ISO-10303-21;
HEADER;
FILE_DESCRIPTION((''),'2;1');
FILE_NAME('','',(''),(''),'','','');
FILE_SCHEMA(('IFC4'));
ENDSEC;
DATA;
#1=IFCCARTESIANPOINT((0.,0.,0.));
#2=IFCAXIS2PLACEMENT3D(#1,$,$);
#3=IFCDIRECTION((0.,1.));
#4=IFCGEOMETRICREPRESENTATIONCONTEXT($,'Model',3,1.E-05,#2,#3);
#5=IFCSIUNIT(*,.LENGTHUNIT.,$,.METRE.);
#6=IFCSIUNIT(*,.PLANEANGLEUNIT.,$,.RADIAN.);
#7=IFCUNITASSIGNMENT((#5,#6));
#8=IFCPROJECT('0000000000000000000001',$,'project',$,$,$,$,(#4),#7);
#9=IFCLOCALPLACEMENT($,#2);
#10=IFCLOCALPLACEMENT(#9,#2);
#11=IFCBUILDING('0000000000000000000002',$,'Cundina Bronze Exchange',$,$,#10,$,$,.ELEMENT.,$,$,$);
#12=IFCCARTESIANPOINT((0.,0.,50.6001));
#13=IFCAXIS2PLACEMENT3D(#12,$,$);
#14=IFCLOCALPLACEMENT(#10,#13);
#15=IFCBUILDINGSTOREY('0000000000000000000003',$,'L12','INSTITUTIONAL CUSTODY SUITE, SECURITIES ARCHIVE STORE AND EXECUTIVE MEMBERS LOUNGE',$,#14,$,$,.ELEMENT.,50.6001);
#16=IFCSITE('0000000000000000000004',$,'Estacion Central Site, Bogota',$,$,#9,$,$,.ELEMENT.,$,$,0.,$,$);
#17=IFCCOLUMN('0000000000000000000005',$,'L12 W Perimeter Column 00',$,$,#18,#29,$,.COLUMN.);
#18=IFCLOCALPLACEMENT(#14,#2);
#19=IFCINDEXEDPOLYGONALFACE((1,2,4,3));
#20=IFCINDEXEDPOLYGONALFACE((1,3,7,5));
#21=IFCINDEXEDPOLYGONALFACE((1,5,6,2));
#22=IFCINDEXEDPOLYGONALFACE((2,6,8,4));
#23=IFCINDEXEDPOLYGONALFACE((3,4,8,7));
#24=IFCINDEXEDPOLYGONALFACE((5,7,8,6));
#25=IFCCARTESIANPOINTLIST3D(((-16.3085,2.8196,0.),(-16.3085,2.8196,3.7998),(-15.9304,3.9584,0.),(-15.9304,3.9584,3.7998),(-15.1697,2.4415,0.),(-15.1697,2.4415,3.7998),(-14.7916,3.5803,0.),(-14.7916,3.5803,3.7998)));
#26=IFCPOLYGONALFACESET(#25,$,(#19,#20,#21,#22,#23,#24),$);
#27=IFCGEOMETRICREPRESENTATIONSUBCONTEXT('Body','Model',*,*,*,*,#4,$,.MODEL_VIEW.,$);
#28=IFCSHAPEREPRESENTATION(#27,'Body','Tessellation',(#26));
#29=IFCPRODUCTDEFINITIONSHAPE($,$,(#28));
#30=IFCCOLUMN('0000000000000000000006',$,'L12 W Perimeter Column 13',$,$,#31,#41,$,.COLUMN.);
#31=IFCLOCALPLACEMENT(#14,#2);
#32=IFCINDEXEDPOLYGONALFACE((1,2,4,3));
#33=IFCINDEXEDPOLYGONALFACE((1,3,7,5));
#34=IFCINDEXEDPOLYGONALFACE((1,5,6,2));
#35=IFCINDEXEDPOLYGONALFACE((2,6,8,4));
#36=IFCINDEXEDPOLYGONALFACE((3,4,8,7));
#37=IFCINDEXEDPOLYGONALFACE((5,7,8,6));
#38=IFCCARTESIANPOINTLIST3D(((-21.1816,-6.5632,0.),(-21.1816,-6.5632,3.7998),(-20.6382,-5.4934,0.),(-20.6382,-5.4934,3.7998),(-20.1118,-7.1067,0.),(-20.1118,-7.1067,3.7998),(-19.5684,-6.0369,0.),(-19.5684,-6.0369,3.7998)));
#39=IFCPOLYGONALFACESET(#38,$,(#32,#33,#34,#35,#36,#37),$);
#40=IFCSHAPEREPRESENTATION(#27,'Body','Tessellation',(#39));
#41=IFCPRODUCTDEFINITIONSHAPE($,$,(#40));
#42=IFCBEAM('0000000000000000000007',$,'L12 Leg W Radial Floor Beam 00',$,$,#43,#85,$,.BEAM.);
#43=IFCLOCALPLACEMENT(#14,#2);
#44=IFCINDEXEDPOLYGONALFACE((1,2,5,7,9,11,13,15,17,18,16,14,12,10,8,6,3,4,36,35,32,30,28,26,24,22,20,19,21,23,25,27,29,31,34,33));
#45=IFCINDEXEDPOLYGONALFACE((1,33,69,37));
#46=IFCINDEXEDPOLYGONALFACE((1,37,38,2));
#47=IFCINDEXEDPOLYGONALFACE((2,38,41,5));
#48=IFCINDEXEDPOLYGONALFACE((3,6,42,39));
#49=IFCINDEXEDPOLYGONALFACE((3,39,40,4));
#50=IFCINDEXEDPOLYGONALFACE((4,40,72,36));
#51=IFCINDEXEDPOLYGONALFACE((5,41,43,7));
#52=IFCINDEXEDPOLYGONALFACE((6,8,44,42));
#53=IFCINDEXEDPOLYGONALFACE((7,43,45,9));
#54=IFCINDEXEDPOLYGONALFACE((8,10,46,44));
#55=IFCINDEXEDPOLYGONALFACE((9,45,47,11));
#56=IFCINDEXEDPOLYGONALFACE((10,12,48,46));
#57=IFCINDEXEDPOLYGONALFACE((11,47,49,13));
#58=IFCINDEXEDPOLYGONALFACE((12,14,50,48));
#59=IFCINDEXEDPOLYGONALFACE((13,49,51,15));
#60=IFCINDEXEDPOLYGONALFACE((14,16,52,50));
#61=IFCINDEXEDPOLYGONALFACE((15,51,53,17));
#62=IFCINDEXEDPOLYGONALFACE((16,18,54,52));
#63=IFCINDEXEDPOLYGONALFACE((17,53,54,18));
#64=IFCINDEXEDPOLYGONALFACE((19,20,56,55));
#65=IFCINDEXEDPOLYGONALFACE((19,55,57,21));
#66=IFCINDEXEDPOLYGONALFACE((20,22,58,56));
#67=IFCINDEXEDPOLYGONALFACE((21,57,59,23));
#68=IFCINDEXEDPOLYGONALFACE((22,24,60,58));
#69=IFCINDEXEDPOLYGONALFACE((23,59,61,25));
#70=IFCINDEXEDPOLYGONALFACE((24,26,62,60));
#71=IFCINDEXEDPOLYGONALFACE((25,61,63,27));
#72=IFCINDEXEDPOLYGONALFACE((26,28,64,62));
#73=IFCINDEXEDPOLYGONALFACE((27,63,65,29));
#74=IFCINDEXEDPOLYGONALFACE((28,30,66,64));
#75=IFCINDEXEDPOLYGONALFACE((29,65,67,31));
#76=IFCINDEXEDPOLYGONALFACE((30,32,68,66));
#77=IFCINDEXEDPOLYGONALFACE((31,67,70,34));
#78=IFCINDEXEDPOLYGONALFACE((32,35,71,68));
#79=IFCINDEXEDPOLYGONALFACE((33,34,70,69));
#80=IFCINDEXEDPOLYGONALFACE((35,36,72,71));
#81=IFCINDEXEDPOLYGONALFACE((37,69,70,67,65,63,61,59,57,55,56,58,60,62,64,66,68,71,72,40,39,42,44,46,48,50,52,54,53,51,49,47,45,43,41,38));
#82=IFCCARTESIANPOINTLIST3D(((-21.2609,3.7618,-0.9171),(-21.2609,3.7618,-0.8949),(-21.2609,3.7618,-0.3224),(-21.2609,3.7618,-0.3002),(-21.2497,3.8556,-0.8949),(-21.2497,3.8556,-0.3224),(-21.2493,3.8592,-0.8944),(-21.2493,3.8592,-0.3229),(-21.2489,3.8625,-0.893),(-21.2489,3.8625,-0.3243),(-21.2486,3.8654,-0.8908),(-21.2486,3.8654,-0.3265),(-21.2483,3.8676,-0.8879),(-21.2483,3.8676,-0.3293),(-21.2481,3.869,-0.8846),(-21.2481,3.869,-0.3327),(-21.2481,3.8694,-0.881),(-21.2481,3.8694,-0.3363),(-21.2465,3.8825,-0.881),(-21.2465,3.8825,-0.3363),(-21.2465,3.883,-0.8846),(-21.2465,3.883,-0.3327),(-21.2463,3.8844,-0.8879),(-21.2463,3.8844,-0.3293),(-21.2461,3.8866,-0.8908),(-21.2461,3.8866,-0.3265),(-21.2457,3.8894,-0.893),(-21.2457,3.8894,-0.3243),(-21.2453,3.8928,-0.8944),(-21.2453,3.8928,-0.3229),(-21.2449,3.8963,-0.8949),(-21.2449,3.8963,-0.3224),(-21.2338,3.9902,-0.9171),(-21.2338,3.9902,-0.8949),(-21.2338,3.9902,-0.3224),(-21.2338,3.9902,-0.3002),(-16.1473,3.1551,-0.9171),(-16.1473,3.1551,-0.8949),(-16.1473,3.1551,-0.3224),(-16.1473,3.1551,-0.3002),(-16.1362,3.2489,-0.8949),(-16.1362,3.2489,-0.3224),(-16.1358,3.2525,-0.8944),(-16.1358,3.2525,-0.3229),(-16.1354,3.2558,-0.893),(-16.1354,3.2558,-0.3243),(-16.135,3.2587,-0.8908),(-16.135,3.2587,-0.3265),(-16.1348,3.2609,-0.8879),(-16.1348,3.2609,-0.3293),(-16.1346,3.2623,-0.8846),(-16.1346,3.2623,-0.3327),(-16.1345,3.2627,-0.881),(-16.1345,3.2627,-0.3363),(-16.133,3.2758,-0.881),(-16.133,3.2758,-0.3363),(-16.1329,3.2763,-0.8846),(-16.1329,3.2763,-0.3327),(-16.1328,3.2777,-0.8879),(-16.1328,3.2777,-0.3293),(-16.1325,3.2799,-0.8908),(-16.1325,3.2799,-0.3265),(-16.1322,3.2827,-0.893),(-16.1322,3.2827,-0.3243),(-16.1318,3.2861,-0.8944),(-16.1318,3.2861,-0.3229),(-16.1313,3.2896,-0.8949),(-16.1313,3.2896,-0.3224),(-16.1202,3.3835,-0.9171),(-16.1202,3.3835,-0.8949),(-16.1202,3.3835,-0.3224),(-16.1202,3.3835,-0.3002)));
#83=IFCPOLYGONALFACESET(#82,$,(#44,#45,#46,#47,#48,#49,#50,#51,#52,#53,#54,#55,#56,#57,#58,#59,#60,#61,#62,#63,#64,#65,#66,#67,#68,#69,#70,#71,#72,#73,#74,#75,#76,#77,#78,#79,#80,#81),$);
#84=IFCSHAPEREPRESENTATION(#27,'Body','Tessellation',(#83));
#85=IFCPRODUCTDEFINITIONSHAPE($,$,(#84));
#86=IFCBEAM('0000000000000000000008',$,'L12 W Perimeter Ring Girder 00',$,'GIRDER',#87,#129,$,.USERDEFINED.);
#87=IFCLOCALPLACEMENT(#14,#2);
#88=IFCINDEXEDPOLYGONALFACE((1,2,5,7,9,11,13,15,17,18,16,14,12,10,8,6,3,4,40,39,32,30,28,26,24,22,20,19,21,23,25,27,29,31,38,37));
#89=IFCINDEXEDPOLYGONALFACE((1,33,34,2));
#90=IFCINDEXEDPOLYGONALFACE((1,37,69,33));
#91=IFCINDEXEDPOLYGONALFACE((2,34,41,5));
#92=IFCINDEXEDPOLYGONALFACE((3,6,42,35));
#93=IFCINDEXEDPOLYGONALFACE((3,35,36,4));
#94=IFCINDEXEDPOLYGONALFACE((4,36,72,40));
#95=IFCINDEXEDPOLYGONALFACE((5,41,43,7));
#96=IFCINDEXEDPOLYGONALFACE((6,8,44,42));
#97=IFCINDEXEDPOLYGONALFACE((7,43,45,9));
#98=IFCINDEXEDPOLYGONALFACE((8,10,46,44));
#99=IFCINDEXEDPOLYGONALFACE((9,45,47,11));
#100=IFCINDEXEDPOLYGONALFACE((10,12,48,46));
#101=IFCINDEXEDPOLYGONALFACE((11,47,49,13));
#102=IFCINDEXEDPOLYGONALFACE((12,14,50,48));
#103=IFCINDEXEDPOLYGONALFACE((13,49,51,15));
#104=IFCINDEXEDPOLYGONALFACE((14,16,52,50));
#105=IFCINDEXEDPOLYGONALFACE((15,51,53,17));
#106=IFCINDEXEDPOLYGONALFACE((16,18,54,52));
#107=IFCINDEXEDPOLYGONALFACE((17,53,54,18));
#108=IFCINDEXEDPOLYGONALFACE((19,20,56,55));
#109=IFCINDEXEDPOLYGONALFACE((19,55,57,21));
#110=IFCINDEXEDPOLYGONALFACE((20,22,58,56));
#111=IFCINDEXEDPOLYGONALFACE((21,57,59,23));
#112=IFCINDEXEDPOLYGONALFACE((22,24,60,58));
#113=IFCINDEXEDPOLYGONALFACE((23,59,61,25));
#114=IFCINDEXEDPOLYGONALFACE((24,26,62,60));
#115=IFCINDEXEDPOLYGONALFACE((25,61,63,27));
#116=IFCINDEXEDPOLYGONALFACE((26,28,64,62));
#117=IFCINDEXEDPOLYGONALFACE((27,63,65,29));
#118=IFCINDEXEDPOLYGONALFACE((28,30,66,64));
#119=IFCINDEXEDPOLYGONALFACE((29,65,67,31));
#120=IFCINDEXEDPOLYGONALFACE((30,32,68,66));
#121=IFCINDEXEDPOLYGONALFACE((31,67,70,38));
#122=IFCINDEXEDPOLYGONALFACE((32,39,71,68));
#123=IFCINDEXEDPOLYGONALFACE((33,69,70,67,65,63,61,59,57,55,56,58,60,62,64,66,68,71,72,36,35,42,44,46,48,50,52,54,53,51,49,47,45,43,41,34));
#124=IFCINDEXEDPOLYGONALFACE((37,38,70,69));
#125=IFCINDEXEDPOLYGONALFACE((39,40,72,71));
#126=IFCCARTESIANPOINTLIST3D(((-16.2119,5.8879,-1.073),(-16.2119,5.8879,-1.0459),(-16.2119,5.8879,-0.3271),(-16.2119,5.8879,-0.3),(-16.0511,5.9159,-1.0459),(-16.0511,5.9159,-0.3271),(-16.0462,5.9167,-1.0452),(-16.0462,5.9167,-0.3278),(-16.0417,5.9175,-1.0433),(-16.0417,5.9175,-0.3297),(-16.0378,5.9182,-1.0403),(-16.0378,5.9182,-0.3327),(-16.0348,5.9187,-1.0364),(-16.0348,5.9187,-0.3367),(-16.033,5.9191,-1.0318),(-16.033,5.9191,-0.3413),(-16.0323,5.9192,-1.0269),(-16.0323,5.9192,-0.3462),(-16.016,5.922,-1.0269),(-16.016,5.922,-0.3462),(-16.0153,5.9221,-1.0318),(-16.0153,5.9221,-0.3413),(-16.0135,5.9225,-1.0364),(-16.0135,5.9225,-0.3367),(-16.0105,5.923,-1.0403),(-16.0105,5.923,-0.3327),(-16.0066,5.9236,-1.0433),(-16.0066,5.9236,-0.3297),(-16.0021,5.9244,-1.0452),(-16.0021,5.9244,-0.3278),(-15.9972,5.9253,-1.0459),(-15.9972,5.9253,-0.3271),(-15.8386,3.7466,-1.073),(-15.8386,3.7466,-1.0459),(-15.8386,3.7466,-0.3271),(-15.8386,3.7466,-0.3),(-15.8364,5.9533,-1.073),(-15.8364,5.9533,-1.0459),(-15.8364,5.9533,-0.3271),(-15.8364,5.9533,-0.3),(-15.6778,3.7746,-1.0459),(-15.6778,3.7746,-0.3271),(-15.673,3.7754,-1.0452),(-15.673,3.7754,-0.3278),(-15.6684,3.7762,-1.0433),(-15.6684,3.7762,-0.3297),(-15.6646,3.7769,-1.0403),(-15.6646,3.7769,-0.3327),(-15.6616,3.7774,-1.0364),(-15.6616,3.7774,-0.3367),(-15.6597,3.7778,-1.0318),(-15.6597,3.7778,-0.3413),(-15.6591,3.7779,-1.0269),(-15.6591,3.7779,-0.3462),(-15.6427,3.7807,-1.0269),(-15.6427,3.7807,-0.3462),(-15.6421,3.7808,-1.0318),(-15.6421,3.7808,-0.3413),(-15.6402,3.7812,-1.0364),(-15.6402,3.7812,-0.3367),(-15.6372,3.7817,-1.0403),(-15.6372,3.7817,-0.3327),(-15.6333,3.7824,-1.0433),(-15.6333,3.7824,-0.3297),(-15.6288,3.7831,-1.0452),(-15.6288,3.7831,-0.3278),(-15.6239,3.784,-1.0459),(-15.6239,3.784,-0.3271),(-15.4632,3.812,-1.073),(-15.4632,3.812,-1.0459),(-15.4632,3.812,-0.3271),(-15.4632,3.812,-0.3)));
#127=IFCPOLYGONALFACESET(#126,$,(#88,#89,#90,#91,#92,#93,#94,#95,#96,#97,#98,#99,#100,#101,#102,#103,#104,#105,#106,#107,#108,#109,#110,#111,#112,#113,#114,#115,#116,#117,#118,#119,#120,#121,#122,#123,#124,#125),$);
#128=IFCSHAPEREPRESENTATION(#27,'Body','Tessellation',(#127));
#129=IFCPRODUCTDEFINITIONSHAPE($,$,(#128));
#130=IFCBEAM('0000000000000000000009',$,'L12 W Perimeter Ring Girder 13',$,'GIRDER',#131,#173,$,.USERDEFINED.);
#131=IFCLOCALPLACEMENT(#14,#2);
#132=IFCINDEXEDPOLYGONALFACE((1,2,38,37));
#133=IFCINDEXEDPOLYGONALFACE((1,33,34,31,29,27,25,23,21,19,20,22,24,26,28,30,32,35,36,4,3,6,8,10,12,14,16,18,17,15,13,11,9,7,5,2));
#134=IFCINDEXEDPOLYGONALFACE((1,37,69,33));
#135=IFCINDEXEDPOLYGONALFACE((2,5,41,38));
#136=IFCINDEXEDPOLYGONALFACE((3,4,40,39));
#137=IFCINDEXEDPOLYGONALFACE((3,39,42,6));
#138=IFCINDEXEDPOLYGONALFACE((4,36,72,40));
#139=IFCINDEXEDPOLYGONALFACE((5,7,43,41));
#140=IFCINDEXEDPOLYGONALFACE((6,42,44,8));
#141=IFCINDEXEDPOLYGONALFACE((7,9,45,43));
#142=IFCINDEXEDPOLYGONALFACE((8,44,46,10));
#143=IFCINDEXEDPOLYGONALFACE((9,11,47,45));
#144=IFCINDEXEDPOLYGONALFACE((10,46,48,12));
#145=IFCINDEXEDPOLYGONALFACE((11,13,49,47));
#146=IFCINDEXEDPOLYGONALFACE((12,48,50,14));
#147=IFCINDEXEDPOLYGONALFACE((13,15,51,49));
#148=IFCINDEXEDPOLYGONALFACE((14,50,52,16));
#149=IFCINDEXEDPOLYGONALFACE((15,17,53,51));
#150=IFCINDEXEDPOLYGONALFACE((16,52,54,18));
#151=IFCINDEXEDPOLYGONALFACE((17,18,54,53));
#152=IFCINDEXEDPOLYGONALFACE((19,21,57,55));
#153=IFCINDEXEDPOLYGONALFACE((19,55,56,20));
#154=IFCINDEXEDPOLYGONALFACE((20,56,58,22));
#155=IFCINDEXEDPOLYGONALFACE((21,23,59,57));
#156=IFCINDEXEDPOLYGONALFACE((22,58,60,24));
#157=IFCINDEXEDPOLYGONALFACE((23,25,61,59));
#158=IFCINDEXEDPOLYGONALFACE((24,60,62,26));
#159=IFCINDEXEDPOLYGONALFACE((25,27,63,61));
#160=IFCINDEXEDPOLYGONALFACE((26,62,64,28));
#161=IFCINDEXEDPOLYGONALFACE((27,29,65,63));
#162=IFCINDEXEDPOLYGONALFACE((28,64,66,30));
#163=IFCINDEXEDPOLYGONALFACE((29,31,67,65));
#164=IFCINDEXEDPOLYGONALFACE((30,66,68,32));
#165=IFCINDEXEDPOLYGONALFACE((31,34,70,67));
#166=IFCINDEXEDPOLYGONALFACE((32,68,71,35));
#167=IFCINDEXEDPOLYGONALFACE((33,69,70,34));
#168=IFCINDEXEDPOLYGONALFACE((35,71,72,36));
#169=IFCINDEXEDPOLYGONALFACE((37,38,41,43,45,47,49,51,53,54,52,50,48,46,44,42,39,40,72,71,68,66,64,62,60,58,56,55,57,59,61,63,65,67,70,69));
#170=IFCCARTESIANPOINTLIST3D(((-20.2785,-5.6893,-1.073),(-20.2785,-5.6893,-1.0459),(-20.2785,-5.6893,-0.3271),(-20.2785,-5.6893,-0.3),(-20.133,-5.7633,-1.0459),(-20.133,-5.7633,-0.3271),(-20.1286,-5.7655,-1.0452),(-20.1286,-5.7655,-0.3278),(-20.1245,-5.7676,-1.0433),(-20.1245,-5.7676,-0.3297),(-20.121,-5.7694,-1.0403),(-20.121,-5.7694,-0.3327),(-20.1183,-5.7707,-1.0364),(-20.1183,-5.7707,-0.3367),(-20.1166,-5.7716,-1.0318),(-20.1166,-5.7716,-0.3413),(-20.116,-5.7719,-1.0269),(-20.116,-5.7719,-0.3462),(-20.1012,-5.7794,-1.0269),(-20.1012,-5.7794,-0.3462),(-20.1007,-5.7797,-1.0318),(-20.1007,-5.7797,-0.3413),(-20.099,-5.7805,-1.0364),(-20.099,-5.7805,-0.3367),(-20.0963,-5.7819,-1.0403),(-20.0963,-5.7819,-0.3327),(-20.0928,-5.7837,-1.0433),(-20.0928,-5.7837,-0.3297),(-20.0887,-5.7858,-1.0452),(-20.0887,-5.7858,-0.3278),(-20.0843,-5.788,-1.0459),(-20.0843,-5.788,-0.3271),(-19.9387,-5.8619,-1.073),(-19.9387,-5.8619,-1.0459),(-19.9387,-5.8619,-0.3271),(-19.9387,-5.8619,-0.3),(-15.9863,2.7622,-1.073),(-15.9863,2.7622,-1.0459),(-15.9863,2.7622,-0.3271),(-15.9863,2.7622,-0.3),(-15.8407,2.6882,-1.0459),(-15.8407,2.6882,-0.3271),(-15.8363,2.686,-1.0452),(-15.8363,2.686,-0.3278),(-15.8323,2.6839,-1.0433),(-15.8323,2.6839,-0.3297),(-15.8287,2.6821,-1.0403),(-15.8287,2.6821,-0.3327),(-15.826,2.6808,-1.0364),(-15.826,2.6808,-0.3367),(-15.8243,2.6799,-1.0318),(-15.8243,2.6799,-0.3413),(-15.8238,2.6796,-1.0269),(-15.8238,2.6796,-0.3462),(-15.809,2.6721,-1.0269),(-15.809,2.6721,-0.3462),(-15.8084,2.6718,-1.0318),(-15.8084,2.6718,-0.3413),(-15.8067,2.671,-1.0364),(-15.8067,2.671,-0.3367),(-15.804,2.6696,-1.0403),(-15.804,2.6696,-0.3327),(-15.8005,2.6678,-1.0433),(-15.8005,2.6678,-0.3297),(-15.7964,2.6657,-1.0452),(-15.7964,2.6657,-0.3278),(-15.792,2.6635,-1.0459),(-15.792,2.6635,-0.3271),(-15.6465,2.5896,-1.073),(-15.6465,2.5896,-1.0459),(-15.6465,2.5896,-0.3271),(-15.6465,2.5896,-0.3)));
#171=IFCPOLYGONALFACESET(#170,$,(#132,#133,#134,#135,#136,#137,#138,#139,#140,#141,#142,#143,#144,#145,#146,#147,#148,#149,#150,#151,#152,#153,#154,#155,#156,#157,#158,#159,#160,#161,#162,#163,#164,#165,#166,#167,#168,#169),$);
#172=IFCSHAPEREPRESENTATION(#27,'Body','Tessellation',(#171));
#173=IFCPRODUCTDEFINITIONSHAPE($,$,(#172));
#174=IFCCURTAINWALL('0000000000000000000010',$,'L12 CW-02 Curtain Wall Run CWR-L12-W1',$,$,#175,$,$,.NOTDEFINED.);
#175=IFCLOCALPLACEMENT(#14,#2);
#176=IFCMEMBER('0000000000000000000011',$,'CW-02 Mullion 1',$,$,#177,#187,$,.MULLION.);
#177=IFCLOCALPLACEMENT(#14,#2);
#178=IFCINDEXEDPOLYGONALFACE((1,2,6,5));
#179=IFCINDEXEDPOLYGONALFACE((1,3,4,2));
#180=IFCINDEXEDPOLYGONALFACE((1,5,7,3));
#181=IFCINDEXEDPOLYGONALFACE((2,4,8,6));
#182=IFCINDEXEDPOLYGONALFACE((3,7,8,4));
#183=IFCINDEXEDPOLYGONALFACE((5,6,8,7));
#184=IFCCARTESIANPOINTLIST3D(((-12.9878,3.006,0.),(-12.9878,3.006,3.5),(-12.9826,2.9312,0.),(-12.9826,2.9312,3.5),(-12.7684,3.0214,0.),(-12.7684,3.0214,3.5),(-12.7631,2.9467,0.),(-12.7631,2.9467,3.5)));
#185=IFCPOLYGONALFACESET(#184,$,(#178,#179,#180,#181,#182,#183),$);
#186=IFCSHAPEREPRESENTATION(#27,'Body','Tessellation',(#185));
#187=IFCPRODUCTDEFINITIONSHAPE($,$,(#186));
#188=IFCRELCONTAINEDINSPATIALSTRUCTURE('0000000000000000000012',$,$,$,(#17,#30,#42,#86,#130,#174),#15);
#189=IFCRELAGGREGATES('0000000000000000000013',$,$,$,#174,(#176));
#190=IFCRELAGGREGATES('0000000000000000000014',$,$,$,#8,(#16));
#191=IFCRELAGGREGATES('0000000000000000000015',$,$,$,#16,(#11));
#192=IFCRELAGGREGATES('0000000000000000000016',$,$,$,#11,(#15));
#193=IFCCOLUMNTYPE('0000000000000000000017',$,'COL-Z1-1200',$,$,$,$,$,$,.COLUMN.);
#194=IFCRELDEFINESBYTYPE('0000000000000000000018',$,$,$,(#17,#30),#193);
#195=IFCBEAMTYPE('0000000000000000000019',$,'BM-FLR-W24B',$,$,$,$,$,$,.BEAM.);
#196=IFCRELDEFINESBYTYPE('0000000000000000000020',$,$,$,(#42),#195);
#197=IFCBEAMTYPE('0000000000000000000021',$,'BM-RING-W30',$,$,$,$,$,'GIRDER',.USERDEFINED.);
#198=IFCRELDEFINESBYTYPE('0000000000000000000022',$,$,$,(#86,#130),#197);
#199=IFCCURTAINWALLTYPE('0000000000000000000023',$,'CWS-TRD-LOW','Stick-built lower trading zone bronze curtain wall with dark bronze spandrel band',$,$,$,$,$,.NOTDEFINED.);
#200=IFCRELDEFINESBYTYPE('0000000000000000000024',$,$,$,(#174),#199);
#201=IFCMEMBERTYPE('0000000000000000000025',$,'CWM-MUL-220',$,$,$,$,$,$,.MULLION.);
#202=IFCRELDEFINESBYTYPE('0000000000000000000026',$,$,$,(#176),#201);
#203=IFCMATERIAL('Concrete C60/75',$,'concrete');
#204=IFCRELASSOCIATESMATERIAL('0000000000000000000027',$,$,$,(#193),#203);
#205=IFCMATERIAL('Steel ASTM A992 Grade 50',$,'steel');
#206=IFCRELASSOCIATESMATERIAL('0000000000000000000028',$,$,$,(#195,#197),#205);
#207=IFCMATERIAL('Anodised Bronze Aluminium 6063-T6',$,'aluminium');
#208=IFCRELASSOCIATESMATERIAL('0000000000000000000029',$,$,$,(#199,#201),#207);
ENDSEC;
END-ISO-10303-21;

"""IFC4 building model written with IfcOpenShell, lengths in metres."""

from ifc_helpers import new_model, si_unit, direction, frame, origin, origin_2d, place, context, subcontext, project, spatial, rectangle, i_section, extrude, material, material_profile, profile_set, type_object, element, aggregate, save


model = new_model("IFC4")

# Units and contexts
model_context = context("Model", 3, precision=1e-05, world=origin(), true_north=direction((0.0, 1.0)))
body_context = subcontext(model_context, "Body", "Model", "MODEL_VIEW")
ifc_project = project(units=[si_unit("LENGTHUNIT", "METRE"), si_unit("PLANEANGLEUNIT", "RADIAN")], contexts=[model_context])

# Site, building, storey
site_placement = place(None, origin())
site = spatial("IfcSite", under=ifc_project, at=site_placement, Name="Estacion Central Site, Bogota", CompositionType="ELEMENT", RefElevation=0.0)
building_placement = place(site_placement, origin())
building = spatial("IfcBuilding", under=site, at=building_placement, Name="Cundina Bronze Exchange", CompositionType="ELEMENT")
storey_placement = place(building_placement, frame((0.0, 0.0, 50.6001)))
storey = spatial("IfcBuildingStorey", under=building, at=storey_placement, Name="L12", Description="INSTITUTIONAL CUSTODY SUITE, SECURITIES ARCHIVE STORE AND EXECUTIVE MEMBERS LOUNGE", CompositionType="ELEMENT", Elevation=50.6001)

# Columns
ifc_material_1 = material(Name="Concrete C60/75", Category="concrete")
ifc_material_profile_1 = material_profile(ifc_material_1, rectangle(XDim=1.2, YDim=1.2, at=origin_2d()), Name="RC1200X1200", Category="concrete")
ifc_profile_set_1 = profile_set([ifc_material_profile_1], Name="Concrete C60/75")
column_type = type_object("IfcColumnType", Name="COL-Z1-1200", PredefinedType="COLUMN", material=ifc_profile_set_1)
for number, where, z_axis, x_axis, name in (
    (1, (-15.55, 3.2, 0.0), (0.0, 0.0, 1.0), (0.315152, 0.949041, 0.0), "L12 W Perimeter Column 00"),
    (2, (-20.375, -6.3, 0.0), (0.0, 0.0, 1.0), (0.452902, 0.891561, 0.0), "L12 W Perimeter Column 13"),
):
    element("IfcColumn", number, at=place(storey_placement, frame(where, z_axis=z_axis, x_axis=x_axis)), inside=storey, type_object=column_type, Name=name, PredefinedType="COLUMN", context=body_context, shape_type="SweptSolid", body=[
        extrude(rectangle(XDim=1.2, YDim=1.2, at=origin_2d()), origin(), (0.0, 0.0, 1.0), 3.7998),
    ])

# Beams
ifc_material_2 = material(Name="Steel ASTM A992 Grade 50", Category="steel")
ifc_material_profile_2 = material_profile(ifc_material_2, i_section(OverallWidth=0.23, OverallDepth=0.6169, WebThickness=0.0132, FlangeThickness=0.0222, FilletRadius=0.0139, at=origin_2d()), Name="W24X94", Category="steel")
ifc_profile_set_2 = profile_set([ifc_material_profile_2], Name="Steel ASTM A992 Grade 50")
beam_type_1 = type_object("IfcBeamType", Name="BM-FLR-W24B", PredefinedType="BEAM", material=ifc_profile_set_2)
beam_1_placement = place(storey_placement, frame((-21.2473, 3.876, -0.6086), z_axis=(0.993035, -0.117818, 0.0), x_axis=(0.117818, 0.993035, 0.0)))
element("IfcBeam", 3, at=beam_1_placement, inside=storey, type_object=beam_type_1, Name="L12 Leg W Radial Floor Beam 00", PredefinedType="BEAM", context=body_context, shape_type="SweptSolid", body=[
    extrude(i_section(OverallWidth=0.23, OverallDepth=0.6169, WebThickness=0.0132, FlangeThickness=0.0222, FilletRadius=0.0139, at=origin_2d()), origin(), (0.0, 0.0, 1.0), 5.1494),
])
ifc_material_profile_3 = material_profile(ifc_material_2, i_section(OverallWidth=0.3811, OverallDepth=0.7729, WebThickness=0.0166, FlangeThickness=0.0271, FilletRadius=0.019, at=origin_2d()), Name="W30X173", Category="steel")
ifc_profile_set_3 = profile_set([ifc_material_profile_3], Name="Steel ASTM A992 Grade 50")
beam_type_2 = type_object("IfcBeamType", Name="BM-RING-W30", ElementType="GIRDER", PredefinedType="USERDEFINED", material=ifc_profile_set_3)
beam_2_placement = place(storey_placement, frame((-15.6509, 3.7793, -0.6865), z_axis=(-0.171735, 0.985143, 0.0), x_axis=(-0.985143, -0.171735, 0.0)))
element("IfcBeam", 4, at=beam_2_placement, inside=storey, type_object=beam_type_2, Name="L12 W Perimeter Ring Girder 00", ObjectType="GIRDER", PredefinedType="USERDEFINED", context=body_context, shape_type="SweptSolid", body=[
    extrude(i_section(OverallWidth=0.3811, OverallDepth=0.7729, WebThickness=0.0166, FlangeThickness=0.0271, FilletRadius=0.019, at=origin_2d()), origin(), (0.0, 0.0, 1.0), 2.1736),
])
beam_3_placement = place(storey_placement, frame((-20.1086, -5.7756, -0.6865), z_axis=(0.45282, 0.891602, 0.0), x_axis=(-0.891602, 0.45282, 0.0)))
element("IfcBeam", 5, at=beam_3_placement, inside=storey, type_object=beam_type_2, Name="L12 W Perimeter Ring Girder 13", ObjectType="GIRDER", PredefinedType="USERDEFINED", context=body_context, shape_type="SweptSolid", body=[
    extrude(i_section(OverallWidth=0.3811, OverallDepth=0.7729, WebThickness=0.0166, FlangeThickness=0.0271, FilletRadius=0.019, at=origin_2d()), origin(), (0.0, 0.0, 1.0), 9.479),
])

# Curtain wall, member
ifc_material_3 = material(Name="Anodised Bronze Aluminium 6063-T6", Category="aluminium")
curtain_wall_type = type_object("IfcCurtainWallType", Name="CWS-TRD-LOW", Description="Stick-built lower trading zone bronze curtain wall with dark bronze spandrel band", PredefinedType="NOTDEFINED", material=ifc_material_3)
curtain_wall_1_placement = place(storey_placement, origin())
curtain_wall_1 = element("IfcCurtainWall", 6, at=curtain_wall_1_placement, inside=storey, type_object=curtain_wall_type, Name="L12 CW-02 Curtain Wall Run CWR-L12-W1", PredefinedType="NOTDEFINED")
ifc_material_profile_4 = material_profile(ifc_material_3, rectangle(XDim=0.075, YDim=0.22, at=origin_2d()), Name="AL75X220", Category="aluminium")
ifc_profile_set_4 = profile_set([ifc_material_profile_4], Name="Anodised Bronze Aluminium 6063-T6")
member_type_1 = type_object("IfcMemberType", Name="CWM-MUL-220", PredefinedType="MULLION", material=ifc_profile_set_4)
member_1_placement = place(storey_placement, frame((-12.8755, 2.9763, 0.0), z_axis=(0.0, 0.0, 1.0), x_axis=(-0.070279, 0.997527, 0.0)))
member_1 = element("IfcMember", 7, at=member_1_placement, type_object=member_type_1, Name="CW-02 Mullion 1", PredefinedType="MULLION", context=body_context, shape_type="SweptSolid", body=[
    extrude(rectangle(XDim=0.075, YDim=0.22, at=origin_2d()), origin(), (0.0, 0.0, 1.0), 3.5),
])

aggregate(curtain_wall_1, [member_1])

save(model, "model.ifc")
